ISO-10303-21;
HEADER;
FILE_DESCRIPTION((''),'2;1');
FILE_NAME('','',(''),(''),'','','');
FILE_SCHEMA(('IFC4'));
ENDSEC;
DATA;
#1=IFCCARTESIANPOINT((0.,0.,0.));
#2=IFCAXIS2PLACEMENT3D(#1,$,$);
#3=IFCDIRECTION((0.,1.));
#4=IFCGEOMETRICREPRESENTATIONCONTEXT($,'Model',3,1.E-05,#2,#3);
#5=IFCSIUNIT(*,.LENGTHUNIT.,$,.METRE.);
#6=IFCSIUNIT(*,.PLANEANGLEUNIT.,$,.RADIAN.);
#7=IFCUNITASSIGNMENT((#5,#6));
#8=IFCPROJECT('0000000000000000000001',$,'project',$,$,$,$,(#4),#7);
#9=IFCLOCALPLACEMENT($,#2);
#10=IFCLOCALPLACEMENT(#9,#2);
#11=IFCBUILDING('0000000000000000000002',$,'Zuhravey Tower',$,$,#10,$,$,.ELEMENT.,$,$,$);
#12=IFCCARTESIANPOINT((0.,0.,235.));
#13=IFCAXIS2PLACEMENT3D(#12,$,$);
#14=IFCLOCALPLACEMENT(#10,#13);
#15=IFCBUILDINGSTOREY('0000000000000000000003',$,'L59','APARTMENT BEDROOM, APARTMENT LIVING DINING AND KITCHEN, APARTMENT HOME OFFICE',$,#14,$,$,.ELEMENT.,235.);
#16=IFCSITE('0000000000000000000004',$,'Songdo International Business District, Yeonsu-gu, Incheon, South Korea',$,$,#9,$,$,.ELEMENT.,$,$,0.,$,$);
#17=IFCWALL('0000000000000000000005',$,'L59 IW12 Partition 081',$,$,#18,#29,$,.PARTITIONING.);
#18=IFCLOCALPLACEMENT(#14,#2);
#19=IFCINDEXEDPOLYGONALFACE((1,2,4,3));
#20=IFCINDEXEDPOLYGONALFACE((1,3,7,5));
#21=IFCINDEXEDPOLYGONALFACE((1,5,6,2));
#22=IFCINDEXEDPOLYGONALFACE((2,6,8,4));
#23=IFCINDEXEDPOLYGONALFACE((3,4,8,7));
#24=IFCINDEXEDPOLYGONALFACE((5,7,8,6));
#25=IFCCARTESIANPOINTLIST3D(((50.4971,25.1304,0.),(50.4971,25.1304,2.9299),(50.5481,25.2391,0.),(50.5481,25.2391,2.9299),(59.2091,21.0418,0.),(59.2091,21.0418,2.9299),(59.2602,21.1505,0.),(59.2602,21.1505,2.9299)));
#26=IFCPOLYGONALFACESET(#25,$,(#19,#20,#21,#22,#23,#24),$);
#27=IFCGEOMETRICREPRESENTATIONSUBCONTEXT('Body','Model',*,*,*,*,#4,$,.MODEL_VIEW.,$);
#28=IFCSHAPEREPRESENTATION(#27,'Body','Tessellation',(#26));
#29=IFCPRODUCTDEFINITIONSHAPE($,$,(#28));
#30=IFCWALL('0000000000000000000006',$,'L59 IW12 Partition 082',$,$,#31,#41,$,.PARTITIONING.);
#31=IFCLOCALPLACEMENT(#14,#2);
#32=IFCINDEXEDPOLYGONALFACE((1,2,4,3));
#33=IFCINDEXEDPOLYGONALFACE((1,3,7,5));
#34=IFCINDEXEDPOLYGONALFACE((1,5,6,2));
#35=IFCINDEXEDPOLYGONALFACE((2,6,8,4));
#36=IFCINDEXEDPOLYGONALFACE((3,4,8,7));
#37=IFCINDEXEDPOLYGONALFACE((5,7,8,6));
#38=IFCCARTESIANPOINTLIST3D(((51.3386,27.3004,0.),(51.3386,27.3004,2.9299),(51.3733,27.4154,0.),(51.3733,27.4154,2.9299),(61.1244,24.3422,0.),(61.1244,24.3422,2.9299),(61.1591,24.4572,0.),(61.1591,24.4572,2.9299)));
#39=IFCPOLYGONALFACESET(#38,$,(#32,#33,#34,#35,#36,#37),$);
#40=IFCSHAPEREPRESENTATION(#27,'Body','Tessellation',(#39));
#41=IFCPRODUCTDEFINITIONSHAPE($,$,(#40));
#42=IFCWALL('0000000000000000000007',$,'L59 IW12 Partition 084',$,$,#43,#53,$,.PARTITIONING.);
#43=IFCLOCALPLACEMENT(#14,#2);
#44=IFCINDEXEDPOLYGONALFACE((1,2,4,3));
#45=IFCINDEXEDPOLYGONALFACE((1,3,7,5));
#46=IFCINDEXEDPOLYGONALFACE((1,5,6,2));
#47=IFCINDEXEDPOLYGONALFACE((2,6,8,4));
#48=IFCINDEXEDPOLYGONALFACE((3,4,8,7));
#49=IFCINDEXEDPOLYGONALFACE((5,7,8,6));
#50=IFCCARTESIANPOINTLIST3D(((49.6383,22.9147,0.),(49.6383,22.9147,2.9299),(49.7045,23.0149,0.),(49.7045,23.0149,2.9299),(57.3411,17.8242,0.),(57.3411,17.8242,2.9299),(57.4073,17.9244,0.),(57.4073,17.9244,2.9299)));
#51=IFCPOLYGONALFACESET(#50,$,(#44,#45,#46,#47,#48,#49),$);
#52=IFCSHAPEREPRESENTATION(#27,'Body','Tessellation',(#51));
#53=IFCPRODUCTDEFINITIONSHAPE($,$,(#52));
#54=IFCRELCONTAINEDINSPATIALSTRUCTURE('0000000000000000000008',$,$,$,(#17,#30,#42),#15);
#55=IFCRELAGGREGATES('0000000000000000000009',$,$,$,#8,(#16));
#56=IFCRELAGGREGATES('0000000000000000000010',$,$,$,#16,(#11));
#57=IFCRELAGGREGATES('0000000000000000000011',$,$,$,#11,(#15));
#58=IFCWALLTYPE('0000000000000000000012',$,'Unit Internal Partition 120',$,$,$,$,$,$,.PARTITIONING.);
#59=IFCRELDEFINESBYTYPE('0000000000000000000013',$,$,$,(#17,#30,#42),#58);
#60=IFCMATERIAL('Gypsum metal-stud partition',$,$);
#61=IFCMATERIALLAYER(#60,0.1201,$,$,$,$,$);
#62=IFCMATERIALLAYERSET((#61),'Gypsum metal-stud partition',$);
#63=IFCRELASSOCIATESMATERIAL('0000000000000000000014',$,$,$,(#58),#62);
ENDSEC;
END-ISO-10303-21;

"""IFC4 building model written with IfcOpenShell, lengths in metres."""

from ifc_helpers import new_model, si_unit, direction, frame, frame_2d, origin, place, context, subcontext, project, spatial, rectangle, extrude, material, layer, layer_set, type_object, element, save


model = new_model("IFC4")

# Units and contexts
model_context = context("Model", 3, precision=1e-05, world=origin(), true_north=direction((0.0, 1.0)))
body_context = subcontext(model_context, "Body", "Model", "MODEL_VIEW")
ifc_project = project(units=[si_unit("LENGTHUNIT", "METRE"), si_unit("PLANEANGLEUNIT", "RADIAN")], contexts=[model_context])

# Site, building, storey
site_placement = place(None, origin())
site = spatial("IfcSite", under=ifc_project, at=site_placement, Name="Songdo International Business District, Yeonsu-gu, Incheon, South Korea", CompositionType="ELEMENT", RefElevation=0.0)
building_placement = place(site_placement, origin())
building = spatial("IfcBuilding", under=site, at=building_placement, Name="Zuhravey Tower", CompositionType="ELEMENT")
storey_placement = place(building_placement, frame((0.0, 0.0, 235.0)))
storey = spatial("IfcBuildingStorey", under=building, at=storey_placement, Name="L59", Description="APARTMENT BEDROOM, APARTMENT LIVING DINING AND KITCHEN, APARTMENT HOME OFFICE", CompositionType="ELEMENT", Elevation=235.0)

# Shared definitions
ifc_material_1 = material(Name="Gypsum metal-stud partition")
ifc_layer_1 = layer(ifc_material_1, 0.1201)
ifc_layer_set_1 = layer_set([ifc_layer_1], Name="Gypsum metal-stud partition")
wall_type_1 = type_object("IfcWallType", Name="Unit Internal Partition 120", PredefinedType="PARTITIONING", material=ifc_layer_set_1)

# Walls
wall_1_placement = place(storey_placement, frame((50.5225, 25.1848, 0.0), z_axis=(0.0, 0.0, 1.0), x_axis=(0.905267, -0.424843, 0.0)))
element("IfcWall", 1, at=wall_1_placement, inside=storey, type_object=wall_type_1, Name="L59 IW12 Partition 081", PredefinedType="PARTITIONING", context=body_context, shape_type="SweptSolid", body=[
    extrude(rectangle(XDim=9.6238, YDim=0.1201, at=frame_2d((4.812, 0.0))), origin(), (0.0, 0.0, 1.0), 2.9299),
])
wall_2_placement = place(storey_placement, frame((51.356, 27.3579, 0.0), z_axis=(0.0, 0.0, 1.0), x_axis=(0.957219, -0.289365, 0.0)))
element("IfcWall", 2, at=wall_2_placement, inside=storey, type_object=wall_type_1, Name="L59 IW12 Partition 082", PredefinedType="PARTITIONING", context=body_context, shape_type="SweptSolid", body=[
    extrude(rectangle(XDim=10.2231, YDim=0.1201, at=frame_2d((5.1116, 0.0))), origin(), (0.0, 0.0, 1.0), 2.9299),
])
wall_3_placement = place(storey_placement, frame((49.6714, 22.9648, 0.0), z_axis=(0.0, 0.0, 1.0), x_axis=(0.834277, -0.551346, 0.0)))
element("IfcWall", 3, at=wall_3_placement, inside=storey, type_object=wall_type_1, Name="L59 IW12 Partition 084", PredefinedType="PARTITIONING", context=body_context, shape_type="SweptSolid", body=[
    extrude(rectangle(XDim=9.2329, YDim=0.1201, at=frame_2d((4.6165, 0.0))), origin(), (0.0, 0.0, 1.0), 2.9299),
])

save(model, "model.ifc")
